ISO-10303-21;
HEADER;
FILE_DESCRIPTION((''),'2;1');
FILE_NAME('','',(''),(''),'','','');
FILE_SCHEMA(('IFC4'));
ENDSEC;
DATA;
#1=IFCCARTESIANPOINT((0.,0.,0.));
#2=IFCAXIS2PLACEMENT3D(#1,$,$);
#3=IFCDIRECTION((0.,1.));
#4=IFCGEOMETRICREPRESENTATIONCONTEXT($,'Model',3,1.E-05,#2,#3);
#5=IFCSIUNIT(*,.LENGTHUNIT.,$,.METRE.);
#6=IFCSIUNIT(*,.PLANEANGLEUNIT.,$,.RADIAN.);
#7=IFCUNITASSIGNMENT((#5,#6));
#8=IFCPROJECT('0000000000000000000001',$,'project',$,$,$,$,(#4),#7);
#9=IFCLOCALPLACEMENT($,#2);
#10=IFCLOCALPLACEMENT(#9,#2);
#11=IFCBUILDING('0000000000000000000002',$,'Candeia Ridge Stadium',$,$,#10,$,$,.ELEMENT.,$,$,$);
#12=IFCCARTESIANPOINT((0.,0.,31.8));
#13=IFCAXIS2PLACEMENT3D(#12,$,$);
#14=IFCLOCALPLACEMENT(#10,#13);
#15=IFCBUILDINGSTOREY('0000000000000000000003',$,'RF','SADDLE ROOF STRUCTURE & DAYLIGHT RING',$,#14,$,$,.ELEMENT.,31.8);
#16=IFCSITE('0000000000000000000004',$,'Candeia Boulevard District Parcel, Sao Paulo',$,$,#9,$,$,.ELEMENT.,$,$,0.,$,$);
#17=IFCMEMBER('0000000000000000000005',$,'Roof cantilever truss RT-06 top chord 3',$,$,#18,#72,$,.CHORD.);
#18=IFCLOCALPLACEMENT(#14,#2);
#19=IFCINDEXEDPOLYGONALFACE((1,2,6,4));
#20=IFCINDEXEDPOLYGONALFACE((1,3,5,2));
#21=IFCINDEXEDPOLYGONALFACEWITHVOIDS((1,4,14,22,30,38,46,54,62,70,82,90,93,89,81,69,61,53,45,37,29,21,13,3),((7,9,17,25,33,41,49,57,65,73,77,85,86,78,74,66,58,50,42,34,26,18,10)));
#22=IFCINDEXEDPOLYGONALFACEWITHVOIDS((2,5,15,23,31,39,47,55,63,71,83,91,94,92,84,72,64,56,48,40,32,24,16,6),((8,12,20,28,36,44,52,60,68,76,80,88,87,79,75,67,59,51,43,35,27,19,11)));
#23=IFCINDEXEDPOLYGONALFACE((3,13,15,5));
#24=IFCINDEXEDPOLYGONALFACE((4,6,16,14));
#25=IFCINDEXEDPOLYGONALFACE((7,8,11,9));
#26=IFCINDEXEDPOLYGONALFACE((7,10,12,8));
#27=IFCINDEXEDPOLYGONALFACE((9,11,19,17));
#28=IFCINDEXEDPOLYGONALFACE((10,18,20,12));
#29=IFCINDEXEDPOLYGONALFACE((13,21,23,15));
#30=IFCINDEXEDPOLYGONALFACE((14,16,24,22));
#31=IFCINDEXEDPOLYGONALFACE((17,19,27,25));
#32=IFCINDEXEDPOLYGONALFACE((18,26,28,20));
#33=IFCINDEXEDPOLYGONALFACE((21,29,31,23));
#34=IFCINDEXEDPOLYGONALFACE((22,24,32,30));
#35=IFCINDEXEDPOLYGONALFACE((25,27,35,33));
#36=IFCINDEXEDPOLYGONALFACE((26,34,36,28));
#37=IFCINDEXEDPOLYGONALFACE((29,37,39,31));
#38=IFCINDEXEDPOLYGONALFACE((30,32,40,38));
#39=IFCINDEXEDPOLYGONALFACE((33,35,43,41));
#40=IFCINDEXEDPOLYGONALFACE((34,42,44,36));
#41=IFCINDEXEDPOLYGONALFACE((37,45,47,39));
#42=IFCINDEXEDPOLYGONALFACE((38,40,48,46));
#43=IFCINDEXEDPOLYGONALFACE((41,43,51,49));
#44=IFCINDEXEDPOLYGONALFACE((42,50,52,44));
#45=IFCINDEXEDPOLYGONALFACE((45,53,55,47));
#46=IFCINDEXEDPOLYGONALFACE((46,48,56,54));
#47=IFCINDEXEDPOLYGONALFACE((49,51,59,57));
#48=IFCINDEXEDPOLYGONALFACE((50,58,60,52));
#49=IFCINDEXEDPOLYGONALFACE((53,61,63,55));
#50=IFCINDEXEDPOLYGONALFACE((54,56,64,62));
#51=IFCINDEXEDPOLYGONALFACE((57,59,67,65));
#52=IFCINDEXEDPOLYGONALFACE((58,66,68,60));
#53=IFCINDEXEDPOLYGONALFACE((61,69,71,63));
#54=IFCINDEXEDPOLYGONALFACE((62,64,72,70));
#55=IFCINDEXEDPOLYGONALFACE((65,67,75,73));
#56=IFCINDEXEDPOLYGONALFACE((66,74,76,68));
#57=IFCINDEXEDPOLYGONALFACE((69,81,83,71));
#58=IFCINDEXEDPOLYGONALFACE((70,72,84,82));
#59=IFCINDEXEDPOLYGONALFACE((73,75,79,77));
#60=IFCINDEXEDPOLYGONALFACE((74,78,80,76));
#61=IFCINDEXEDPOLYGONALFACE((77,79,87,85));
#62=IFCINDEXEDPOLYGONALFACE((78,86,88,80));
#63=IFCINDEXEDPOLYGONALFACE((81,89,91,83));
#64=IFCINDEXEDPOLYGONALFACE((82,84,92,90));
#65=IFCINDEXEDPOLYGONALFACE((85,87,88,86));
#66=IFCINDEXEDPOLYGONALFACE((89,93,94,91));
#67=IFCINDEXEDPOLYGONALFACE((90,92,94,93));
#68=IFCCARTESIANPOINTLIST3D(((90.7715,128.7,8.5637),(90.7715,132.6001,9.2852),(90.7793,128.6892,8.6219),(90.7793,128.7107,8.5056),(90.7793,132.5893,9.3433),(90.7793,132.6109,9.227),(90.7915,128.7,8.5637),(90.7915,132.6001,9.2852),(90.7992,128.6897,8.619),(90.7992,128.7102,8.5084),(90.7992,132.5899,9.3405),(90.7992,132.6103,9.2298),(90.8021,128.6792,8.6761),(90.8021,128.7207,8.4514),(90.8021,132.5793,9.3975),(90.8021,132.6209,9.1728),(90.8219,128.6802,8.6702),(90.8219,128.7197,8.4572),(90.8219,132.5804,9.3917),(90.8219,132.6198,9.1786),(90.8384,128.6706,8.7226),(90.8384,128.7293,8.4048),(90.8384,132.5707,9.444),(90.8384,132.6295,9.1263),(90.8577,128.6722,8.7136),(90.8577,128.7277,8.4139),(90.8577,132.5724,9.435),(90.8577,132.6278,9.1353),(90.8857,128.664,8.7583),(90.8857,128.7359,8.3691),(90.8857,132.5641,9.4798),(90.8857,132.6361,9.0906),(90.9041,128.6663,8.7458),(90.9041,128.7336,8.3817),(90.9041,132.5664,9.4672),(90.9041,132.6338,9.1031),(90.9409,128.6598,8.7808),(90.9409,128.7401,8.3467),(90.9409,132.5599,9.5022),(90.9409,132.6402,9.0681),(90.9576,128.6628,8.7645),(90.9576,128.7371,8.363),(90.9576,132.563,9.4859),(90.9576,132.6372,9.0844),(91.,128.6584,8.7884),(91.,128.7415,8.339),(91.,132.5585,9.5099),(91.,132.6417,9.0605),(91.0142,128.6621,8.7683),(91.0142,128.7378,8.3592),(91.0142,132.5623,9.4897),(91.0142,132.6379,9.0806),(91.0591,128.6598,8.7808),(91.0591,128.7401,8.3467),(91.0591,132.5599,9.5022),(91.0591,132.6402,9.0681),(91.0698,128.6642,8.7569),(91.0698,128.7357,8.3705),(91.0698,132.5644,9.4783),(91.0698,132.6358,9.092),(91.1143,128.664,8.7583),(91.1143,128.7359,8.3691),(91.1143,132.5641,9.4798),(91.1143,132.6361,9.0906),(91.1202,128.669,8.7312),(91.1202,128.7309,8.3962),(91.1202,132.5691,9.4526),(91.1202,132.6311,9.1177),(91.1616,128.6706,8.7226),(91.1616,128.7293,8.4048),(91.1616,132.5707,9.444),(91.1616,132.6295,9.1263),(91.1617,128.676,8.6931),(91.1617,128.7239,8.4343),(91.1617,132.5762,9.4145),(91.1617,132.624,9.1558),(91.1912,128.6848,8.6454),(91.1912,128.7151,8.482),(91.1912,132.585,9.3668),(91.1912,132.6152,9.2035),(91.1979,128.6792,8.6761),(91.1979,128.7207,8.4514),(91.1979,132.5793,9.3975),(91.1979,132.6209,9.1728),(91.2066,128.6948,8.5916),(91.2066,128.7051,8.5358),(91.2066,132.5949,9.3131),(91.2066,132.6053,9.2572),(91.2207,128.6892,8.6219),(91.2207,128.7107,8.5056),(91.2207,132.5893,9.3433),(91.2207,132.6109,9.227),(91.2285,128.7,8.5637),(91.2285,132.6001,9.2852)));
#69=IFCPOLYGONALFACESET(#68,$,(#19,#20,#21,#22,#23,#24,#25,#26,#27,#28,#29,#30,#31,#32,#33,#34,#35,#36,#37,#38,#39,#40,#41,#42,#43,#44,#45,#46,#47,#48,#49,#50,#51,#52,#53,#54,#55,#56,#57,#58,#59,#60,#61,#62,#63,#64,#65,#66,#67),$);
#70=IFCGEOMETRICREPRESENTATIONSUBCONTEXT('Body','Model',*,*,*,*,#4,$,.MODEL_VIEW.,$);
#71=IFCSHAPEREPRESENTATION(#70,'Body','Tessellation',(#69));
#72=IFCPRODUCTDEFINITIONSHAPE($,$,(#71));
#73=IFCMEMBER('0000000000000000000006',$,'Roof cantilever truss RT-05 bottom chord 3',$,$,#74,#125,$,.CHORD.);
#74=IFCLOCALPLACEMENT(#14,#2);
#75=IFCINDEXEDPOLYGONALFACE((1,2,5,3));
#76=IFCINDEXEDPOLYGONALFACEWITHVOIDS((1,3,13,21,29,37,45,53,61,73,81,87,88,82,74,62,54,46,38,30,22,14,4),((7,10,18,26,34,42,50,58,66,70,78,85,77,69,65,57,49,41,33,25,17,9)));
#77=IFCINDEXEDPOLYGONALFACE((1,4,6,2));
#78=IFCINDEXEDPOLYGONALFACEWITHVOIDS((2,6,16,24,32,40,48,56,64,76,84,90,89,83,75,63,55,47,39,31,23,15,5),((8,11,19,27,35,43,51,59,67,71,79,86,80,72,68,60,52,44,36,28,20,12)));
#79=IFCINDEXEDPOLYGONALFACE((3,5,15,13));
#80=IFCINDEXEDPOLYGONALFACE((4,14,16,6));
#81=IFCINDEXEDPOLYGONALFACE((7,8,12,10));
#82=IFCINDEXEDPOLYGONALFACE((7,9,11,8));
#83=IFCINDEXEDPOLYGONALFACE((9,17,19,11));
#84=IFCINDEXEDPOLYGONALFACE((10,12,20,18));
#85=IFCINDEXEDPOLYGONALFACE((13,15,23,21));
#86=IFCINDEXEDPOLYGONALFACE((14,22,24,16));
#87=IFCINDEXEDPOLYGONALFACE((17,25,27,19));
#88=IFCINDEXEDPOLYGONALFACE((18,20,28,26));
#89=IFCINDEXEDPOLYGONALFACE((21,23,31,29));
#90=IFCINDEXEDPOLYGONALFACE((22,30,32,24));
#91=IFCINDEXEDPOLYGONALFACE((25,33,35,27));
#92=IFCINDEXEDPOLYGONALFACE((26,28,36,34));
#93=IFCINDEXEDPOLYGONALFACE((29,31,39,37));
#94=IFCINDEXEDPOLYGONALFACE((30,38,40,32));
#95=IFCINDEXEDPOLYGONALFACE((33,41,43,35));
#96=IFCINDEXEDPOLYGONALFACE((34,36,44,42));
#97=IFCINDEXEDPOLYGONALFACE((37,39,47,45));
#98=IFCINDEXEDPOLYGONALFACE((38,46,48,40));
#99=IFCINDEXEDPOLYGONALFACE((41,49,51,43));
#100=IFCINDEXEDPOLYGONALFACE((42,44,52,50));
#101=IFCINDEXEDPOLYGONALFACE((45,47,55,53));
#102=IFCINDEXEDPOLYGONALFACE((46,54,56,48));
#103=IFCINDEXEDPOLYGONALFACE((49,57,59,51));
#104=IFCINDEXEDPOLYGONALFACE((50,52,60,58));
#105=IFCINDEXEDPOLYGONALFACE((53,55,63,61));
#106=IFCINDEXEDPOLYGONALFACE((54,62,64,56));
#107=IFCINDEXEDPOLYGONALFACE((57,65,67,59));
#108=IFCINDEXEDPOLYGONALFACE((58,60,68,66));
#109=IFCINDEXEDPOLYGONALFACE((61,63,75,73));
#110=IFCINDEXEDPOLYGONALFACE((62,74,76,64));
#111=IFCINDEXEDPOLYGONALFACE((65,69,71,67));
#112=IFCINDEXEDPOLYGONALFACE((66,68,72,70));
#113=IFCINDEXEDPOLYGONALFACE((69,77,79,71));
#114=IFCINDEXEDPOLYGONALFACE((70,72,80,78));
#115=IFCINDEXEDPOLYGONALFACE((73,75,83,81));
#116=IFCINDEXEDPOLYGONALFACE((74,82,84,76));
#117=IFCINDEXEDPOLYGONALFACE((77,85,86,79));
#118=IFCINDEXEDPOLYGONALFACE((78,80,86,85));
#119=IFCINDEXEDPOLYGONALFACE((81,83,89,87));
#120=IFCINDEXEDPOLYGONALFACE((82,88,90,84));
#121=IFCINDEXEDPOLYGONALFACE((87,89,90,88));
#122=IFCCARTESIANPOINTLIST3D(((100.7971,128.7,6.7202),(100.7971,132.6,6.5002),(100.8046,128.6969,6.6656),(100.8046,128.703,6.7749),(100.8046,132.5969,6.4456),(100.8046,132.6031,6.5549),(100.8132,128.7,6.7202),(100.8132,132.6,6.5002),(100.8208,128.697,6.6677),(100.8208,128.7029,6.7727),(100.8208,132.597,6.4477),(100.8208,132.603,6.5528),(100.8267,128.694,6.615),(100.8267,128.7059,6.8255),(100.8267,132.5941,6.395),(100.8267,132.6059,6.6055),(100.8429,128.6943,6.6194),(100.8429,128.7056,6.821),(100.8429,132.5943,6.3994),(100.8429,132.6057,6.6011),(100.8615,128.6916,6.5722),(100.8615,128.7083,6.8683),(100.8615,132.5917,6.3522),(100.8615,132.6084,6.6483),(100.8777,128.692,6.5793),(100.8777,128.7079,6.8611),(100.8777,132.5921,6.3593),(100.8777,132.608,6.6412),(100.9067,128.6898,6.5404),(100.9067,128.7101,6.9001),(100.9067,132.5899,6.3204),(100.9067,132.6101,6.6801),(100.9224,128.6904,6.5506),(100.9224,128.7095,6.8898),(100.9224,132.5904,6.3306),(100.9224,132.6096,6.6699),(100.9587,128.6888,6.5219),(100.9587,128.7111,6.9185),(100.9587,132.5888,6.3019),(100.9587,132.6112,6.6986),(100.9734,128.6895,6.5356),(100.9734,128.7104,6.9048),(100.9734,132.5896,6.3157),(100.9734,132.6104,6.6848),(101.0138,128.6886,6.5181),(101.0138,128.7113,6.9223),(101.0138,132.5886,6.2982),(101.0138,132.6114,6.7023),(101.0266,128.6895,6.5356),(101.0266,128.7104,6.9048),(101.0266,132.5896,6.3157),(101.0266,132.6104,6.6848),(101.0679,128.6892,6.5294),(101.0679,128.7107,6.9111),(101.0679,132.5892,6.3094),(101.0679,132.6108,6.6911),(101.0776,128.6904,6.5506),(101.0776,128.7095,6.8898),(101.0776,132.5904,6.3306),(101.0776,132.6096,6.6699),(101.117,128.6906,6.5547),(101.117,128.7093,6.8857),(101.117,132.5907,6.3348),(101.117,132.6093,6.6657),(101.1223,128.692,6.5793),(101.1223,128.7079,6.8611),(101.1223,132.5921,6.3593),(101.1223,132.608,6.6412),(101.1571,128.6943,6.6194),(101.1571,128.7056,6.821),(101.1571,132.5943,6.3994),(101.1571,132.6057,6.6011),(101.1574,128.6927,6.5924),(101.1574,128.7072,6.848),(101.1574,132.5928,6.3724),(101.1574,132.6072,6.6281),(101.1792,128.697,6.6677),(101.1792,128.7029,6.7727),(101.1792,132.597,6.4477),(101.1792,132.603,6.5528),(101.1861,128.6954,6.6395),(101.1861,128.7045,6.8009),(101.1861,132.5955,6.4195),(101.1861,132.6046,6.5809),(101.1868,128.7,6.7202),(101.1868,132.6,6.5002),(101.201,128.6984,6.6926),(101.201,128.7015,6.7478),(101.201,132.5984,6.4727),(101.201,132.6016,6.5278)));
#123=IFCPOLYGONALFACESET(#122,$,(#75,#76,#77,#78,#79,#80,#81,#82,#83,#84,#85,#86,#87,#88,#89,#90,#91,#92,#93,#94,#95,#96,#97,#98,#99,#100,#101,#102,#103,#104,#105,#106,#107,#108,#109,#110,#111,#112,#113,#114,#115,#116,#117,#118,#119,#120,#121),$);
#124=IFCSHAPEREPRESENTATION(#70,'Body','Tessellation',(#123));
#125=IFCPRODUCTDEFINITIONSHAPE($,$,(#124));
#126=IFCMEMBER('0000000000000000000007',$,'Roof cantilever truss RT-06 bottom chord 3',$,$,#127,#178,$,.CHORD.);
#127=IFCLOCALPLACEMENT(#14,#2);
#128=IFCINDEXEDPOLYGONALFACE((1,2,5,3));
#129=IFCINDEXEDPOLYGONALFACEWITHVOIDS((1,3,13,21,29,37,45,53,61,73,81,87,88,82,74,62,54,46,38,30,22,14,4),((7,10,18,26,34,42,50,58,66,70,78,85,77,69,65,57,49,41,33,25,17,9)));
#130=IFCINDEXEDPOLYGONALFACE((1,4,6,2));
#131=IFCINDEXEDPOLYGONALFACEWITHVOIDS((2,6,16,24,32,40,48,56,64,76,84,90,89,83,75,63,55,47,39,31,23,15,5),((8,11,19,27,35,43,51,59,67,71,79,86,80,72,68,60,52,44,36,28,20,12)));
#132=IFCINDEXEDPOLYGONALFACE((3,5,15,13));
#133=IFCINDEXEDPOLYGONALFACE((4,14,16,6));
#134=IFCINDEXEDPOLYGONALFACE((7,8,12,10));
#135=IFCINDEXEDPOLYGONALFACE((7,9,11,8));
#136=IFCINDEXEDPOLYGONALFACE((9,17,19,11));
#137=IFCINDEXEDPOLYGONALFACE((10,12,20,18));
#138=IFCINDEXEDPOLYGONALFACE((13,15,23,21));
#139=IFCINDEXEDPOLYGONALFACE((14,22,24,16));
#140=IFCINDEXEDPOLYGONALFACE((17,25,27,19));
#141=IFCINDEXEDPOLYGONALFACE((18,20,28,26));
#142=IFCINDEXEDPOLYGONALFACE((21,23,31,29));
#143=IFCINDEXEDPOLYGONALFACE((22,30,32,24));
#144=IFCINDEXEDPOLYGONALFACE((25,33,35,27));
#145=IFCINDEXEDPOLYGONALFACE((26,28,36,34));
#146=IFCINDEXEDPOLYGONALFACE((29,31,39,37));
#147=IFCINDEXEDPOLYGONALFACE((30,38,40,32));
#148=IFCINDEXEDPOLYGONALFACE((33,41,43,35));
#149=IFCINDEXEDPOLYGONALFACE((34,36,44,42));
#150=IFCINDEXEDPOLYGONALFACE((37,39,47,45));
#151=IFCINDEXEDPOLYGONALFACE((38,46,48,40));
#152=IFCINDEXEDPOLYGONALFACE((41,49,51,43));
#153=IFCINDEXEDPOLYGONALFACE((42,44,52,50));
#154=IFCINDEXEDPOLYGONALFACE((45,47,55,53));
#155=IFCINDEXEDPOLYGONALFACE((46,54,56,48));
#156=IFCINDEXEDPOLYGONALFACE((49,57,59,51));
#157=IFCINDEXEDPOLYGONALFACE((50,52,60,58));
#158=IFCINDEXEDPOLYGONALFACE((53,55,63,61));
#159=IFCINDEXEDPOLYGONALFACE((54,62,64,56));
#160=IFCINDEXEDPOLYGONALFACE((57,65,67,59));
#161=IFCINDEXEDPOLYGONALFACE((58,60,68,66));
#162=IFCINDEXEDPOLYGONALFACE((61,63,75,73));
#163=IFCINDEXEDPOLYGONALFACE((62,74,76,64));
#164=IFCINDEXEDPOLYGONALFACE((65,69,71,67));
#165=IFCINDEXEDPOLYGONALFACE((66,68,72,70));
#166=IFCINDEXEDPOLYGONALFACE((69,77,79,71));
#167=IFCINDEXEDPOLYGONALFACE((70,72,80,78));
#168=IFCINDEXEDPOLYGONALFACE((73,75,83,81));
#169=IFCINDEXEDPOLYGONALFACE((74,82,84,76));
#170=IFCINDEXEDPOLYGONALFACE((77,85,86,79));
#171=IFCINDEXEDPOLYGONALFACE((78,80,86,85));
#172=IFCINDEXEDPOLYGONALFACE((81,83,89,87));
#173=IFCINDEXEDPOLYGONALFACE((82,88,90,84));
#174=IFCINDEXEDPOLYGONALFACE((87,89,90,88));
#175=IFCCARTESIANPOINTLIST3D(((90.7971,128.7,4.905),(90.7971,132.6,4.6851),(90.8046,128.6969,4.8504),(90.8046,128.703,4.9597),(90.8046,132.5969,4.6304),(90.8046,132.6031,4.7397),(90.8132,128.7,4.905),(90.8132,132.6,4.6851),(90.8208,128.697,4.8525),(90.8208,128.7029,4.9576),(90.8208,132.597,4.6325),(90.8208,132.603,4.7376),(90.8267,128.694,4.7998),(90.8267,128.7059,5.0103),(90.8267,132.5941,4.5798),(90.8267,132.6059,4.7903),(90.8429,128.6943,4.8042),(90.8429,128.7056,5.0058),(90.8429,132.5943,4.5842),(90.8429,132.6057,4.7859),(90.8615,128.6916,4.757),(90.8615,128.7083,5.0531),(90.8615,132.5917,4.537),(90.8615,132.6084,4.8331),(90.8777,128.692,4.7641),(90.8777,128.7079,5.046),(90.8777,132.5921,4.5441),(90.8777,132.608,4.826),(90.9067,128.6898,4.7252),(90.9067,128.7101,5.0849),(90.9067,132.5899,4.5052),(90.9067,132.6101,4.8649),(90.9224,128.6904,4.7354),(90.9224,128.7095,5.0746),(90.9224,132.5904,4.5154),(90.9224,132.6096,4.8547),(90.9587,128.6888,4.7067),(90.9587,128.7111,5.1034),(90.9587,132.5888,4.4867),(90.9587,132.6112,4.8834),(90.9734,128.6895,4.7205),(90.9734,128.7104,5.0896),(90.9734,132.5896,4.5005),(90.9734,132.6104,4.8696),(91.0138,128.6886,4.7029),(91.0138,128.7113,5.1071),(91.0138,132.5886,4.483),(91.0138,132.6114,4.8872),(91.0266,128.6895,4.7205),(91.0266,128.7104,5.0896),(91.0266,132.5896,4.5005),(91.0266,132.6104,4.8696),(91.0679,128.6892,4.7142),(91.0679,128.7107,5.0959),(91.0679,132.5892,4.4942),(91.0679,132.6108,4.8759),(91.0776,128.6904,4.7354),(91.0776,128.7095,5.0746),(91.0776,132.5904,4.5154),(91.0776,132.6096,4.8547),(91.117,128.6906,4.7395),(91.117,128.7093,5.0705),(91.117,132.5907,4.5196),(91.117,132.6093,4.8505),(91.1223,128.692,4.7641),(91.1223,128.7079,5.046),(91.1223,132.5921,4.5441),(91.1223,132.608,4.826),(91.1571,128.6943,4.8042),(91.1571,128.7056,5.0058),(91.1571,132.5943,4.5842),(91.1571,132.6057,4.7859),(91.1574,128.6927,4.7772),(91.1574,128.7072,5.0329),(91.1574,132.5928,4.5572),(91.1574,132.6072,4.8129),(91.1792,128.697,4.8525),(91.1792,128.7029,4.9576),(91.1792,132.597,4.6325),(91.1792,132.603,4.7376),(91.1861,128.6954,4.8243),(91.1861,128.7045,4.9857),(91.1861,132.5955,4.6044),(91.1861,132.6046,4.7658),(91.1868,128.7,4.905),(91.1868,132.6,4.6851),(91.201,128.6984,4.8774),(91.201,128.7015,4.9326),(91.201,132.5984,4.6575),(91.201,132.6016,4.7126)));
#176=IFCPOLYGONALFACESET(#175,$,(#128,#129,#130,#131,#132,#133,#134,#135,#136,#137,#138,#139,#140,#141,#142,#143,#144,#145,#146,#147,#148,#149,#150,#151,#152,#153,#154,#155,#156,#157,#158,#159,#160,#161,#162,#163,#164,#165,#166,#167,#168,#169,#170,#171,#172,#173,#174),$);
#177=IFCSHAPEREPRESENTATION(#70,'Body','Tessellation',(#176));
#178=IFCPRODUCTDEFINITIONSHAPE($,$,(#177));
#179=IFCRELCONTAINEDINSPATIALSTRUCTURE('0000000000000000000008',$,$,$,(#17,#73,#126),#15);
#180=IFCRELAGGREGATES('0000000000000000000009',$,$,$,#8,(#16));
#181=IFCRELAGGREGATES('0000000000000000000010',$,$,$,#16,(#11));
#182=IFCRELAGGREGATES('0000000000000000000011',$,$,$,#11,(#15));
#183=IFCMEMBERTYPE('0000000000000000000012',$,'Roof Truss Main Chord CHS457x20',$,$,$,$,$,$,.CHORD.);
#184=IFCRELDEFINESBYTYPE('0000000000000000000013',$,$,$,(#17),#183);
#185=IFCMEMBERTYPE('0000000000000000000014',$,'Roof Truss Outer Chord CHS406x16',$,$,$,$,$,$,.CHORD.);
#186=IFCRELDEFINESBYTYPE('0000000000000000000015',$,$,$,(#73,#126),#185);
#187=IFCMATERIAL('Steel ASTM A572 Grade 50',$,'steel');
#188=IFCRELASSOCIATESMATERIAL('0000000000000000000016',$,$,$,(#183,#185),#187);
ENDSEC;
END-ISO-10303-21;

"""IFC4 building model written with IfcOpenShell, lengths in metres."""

from ifc_helpers import new_model, si_unit, direction, frame, origin, origin_2d, place, context, subcontext, project, spatial, hollow_circle, extrude, material, material_profile, profile_set, type_object, element, save


model = new_model("IFC4")

# Units and contexts
model_context = context("Model", 3, precision=1e-05, world=origin(), true_north=direction((0.0, 1.0)))
body_context = subcontext(model_context, "Body", "Model", "MODEL_VIEW")
ifc_project = project(units=[si_unit("LENGTHUNIT", "METRE"), si_unit("PLANEANGLEUNIT", "RADIAN")], contexts=[model_context])

# Site, building, storey
site_placement = place(None, origin())
site = spatial("IfcSite", under=ifc_project, at=site_placement, Name="Candeia Boulevard District Parcel, Sao Paulo", CompositionType="ELEMENT", RefElevation=0.0)
building_placement = place(site_placement, origin())
building = spatial("IfcBuilding", under=site, at=building_placement, Name="Candeia Ridge Stadium", CompositionType="ELEMENT")
storey_placement = place(building_placement, frame((0.0, 0.0, 31.8)))
storey = spatial("IfcBuildingStorey", under=building, at=storey_placement, Name="RF", Description="SADDLE ROOF STRUCTURE & DAYLIGHT RING", CompositionType="ELEMENT", Elevation=31.8)

# Shared definitions
ifc_material_1 = material(Name="Steel ASTM A572 Grade 50", Category="steel")

# Members
ifc_material_profile_1 = material_profile(ifc_material_1, hollow_circle(Radius=0.2285, WallThickness=0.02, at=origin_2d()), Name="CHS457x20", Category="steel")
ifc_profile_set_1 = profile_set([ifc_material_profile_1], Name="Steel ASTM A572 Grade 50")
member_type_1 = type_object("IfcMemberType", Name="Roof Truss Main Chord CHS457x20", PredefinedType="CHORD", material=ifc_profile_set_1)
for number, where, z_axis, x_axis, name in (
    (1, (91.0, 128.7, 8.5637), (0.0, 0.983319, 0.181891), (-1.0, 0.0, 0.0), "Roof cantilever truss RT-06 top chord 3"),
):
    element("IfcMember", number, at=place(storey_placement, frame(where, z_axis=z_axis, x_axis=x_axis)), inside=storey, type_object=member_type_1, Name=name, PredefinedType="CHORD", context=body_context, shape_type="SweptSolid", body=[
        extrude(hollow_circle(Radius=0.2285, WallThickness=0.02, at=origin_2d()), origin(), (0.0, 0.0, 1.0), 3.9663),
    ])
ifc_material_profile_2 = material_profile(ifc_material_1, hollow_circle(Radius=0.2029, WallThickness=0.0161, at=origin_2d()), Name="CHS406x16", Category="steel")
ifc_profile_set_2 = profile_set([ifc_material_profile_2], Name="Steel ASTM A572 Grade 50")
member_type_2 = type_object("IfcMemberType", Name="Roof Truss Outer Chord CHS406x16", PredefinedType="CHORD", material=ifc_profile_set_2)
for number, where, z_axis, x_axis, name in (
    (2, (101.0, 128.7, 6.7202), (0.0, 0.998413, -0.056311), (-1.0, 0.0, 0.0), "Roof cantilever truss RT-05 bottom chord 3"),
    (3, (91.0, 128.7, 4.905), (0.0, 0.998413, -0.056311), (-1.0, 0.0, 0.0), "Roof cantilever truss RT-06 bottom chord 3"),
):
    element("IfcMember", number, at=place(storey_placement, frame(where, z_axis=z_axis, x_axis=x_axis)), inside=storey, type_object=member_type_2, Name=name, PredefinedType="CHORD", context=body_context, shape_type="SweptSolid", body=[
        extrude(hollow_circle(Radius=0.2029, WallThickness=0.0161, at=origin_2d()), origin(), (0.0, 0.0, 1.0), 3.9062),
    ])

save(model, "model.ifc")
